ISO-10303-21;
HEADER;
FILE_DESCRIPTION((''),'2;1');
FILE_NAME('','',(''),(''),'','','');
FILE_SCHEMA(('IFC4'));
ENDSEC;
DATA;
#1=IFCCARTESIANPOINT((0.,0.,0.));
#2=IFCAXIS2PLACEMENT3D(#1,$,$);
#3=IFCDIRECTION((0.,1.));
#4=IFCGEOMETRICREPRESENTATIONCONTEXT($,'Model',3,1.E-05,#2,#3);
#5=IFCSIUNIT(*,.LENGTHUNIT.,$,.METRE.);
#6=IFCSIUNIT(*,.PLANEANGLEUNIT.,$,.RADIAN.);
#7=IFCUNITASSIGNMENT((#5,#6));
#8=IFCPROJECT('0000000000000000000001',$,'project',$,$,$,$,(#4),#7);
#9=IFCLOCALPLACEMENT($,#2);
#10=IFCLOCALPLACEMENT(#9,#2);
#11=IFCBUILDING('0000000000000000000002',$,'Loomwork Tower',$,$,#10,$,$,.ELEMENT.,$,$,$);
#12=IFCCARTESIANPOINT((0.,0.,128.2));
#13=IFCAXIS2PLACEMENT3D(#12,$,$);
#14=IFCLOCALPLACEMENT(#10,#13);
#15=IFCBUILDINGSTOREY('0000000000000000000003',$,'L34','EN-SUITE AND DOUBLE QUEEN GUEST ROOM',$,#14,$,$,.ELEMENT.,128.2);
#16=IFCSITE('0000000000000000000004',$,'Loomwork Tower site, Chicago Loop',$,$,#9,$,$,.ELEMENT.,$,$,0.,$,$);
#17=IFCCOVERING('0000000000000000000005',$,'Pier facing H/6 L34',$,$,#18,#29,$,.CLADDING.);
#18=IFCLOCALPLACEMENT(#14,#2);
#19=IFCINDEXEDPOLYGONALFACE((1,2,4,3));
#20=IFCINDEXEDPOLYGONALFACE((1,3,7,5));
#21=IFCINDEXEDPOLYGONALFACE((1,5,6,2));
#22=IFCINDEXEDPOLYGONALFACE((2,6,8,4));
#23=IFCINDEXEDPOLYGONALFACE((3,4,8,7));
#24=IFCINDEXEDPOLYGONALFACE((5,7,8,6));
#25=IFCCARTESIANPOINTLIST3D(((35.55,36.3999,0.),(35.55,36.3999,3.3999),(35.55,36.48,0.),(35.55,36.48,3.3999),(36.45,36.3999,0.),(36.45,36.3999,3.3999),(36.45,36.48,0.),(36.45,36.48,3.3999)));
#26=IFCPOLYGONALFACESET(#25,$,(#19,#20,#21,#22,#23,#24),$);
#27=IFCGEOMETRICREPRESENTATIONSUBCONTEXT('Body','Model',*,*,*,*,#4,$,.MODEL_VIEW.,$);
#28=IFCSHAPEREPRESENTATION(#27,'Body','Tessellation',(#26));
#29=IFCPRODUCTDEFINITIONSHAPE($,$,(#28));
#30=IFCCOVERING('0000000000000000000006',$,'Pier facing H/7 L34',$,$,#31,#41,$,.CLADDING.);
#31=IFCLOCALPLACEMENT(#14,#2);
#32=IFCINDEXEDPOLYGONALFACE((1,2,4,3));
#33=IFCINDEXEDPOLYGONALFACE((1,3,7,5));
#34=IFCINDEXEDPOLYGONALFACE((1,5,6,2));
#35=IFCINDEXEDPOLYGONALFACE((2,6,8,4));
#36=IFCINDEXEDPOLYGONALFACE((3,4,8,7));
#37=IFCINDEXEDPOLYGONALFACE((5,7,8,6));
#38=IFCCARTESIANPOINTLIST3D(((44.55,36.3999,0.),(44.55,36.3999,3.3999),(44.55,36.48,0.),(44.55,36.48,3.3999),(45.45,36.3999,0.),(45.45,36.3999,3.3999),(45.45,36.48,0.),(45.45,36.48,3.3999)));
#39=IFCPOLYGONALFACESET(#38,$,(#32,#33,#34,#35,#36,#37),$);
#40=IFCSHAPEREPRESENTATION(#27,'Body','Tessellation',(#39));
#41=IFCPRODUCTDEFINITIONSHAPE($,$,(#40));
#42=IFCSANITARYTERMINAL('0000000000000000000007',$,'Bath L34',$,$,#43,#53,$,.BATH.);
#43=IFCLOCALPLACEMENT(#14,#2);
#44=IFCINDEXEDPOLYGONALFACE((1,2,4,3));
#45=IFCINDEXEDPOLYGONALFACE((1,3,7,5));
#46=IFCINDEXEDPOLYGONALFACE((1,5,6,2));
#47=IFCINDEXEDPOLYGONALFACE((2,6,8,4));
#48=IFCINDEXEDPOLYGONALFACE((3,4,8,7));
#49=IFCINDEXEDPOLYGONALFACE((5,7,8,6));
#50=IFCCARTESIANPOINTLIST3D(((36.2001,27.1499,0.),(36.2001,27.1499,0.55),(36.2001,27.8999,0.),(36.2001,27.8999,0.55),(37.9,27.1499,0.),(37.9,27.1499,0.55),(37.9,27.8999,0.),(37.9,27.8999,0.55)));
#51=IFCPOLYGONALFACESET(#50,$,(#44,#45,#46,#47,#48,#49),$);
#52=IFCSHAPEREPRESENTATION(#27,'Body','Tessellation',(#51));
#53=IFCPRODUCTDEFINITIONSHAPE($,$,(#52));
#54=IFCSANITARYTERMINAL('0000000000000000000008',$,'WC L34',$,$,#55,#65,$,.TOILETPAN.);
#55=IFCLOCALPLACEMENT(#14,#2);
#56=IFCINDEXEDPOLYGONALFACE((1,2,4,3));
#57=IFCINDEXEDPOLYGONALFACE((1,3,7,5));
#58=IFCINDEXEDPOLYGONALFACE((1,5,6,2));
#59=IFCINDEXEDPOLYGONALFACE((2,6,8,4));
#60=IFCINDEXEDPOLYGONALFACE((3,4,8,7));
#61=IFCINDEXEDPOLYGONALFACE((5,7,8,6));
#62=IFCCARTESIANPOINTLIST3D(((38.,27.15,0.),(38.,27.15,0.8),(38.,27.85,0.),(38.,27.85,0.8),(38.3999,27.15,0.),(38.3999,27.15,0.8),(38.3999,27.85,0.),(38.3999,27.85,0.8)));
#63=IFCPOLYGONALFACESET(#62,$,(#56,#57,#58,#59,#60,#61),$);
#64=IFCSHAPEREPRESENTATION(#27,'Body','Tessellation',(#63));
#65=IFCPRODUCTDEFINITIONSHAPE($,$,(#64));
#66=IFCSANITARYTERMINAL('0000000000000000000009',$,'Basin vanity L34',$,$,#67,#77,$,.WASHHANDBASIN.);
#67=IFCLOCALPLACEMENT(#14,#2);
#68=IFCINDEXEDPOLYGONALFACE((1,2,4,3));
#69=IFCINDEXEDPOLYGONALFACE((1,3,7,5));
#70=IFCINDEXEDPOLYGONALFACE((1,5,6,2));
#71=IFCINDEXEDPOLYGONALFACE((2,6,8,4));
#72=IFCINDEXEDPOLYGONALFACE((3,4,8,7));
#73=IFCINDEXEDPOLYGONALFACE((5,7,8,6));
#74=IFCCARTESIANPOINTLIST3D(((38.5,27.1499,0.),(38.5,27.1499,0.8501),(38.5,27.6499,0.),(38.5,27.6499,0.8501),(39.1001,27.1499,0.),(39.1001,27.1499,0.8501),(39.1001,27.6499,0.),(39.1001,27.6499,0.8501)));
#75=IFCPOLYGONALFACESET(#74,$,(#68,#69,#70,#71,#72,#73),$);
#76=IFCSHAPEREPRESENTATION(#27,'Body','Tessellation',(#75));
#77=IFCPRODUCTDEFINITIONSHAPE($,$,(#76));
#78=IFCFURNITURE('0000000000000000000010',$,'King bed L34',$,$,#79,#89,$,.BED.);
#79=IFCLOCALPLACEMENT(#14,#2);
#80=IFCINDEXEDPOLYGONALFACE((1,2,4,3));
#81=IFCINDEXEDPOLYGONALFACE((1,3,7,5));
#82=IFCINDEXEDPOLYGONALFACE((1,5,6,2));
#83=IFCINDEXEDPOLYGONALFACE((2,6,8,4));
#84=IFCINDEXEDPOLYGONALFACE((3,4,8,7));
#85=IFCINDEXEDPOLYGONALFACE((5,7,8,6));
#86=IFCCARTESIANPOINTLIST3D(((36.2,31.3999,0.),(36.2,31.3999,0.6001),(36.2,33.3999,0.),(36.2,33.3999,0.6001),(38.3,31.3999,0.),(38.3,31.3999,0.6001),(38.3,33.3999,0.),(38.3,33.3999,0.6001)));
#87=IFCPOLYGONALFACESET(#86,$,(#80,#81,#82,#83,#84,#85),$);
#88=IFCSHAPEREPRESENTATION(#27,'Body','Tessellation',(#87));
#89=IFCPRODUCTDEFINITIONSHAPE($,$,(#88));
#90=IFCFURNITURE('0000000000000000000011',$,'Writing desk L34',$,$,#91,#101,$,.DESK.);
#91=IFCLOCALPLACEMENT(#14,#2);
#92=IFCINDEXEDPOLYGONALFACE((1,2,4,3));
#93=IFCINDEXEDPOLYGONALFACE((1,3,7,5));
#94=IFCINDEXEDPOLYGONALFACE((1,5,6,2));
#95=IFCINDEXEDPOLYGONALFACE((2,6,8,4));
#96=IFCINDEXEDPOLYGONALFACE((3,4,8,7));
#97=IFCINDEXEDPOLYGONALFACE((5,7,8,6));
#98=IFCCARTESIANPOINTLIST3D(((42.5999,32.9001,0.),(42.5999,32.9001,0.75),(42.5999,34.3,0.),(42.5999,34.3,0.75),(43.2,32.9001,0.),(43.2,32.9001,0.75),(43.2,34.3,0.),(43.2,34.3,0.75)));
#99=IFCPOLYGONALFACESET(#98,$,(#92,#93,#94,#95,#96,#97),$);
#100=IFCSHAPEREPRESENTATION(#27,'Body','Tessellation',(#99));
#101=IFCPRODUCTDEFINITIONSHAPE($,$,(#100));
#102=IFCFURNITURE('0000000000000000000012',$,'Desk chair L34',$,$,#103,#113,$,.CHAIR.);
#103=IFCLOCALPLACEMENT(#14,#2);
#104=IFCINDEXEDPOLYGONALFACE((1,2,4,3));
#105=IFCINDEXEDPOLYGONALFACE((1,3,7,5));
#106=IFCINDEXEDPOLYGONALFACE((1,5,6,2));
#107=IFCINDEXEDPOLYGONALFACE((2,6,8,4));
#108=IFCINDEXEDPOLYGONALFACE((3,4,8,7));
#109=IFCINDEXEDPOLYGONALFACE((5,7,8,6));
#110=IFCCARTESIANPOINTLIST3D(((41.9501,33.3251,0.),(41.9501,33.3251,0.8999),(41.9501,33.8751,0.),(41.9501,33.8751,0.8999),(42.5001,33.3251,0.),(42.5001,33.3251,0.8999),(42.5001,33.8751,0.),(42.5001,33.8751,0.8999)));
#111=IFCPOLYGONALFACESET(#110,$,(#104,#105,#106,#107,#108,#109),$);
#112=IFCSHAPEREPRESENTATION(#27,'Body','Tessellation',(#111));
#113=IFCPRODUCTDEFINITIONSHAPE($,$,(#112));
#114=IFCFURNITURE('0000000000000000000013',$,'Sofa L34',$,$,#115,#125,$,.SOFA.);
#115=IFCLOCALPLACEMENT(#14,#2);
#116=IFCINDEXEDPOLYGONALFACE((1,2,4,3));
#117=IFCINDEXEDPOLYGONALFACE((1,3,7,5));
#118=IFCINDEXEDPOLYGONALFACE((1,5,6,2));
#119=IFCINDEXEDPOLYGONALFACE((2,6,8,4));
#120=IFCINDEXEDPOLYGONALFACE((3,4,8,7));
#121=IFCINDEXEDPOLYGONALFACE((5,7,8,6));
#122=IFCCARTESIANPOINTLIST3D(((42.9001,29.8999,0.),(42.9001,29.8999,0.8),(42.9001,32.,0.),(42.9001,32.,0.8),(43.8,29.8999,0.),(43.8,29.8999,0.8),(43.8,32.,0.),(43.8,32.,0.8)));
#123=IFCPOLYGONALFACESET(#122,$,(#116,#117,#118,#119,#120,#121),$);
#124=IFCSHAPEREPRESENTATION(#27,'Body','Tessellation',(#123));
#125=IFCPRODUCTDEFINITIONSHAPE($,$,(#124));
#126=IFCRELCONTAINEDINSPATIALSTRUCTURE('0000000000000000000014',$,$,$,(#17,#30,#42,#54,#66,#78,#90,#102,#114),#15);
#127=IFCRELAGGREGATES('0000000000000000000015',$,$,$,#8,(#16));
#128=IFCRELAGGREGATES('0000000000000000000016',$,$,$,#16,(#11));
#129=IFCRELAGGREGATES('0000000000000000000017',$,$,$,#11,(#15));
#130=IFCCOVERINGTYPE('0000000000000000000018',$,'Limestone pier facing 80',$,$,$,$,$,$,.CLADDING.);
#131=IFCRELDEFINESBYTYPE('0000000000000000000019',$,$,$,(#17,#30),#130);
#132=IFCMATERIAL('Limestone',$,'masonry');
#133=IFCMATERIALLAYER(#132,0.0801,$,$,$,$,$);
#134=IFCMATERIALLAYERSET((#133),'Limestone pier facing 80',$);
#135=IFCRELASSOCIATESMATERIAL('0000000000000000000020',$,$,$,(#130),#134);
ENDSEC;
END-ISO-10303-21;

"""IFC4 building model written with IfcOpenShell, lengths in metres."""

from ifc_helpers import new_model, si_unit, direction, frame, origin, origin_2d, place, context, subcontext, project, spatial, rectangle, extrude, material, layer, layer_set, type_object, element, save


model = new_model("IFC4")

# Units and contexts
model_context = context("Model", 3, precision=1e-05, world=origin(), true_north=direction((0.0, 1.0)))
body_context = subcontext(model_context, "Body", "Model", "MODEL_VIEW")
ifc_project = project(units=[si_unit("LENGTHUNIT", "METRE"), si_unit("PLANEANGLEUNIT", "RADIAN")], contexts=[model_context])

# Site, building, storey
site_placement = place(None, origin())
site = spatial("IfcSite", under=ifc_project, at=site_placement, Name="Loomwork Tower site, Chicago Loop", CompositionType="ELEMENT", RefElevation=0.0)
building_placement = place(site_placement, origin())
building = spatial("IfcBuilding", under=site, at=building_placement, Name="Loomwork Tower", CompositionType="ELEMENT")
storey_placement = place(building_placement, frame((0.0, 0.0, 128.2)))
storey = spatial("IfcBuildingStorey", under=building, at=storey_placement, Name="L34", Description="EN-SUITE AND DOUBLE QUEEN GUEST ROOM", CompositionType="ELEMENT", Elevation=128.2)

# Coverings
ifc_material_1 = material(Name="Limestone", Category="masonry")
ifc_layer_1 = layer(ifc_material_1, 0.0801)
ifc_layer_set_1 = layer_set([ifc_layer_1], Name="Limestone pier facing 80")
covering_type = type_object("IfcCoveringType", Name="Limestone pier facing 80", PredefinedType="CLADDING", material=ifc_layer_set_1)
for number, where, z_axis, x_axis, name in (
    (1, (36.0, 36.4399, 0.0), (0.0, 0.0, 1.0), (1.0, 0.0, 0.0), "Pier facing H/6 L34"),
    (2, (45.0, 36.4399, 0.0), (0.0, 0.0, 1.0), (1.0, 0.0, 0.0), "Pier facing H/7 L34"),
):
    element("IfcCovering", number, at=place(storey_placement, frame(where, z_axis=z_axis, x_axis=x_axis)), inside=storey, type_object=covering_type, Name=name, PredefinedType="CLADDING", context=body_context, shape_type="SweptSolid", body=[
        extrude(rectangle(XDim=0.8999, YDim=0.0801, at=origin_2d()), origin(), (0.0, 0.0, 1.0), 3.3999),
    ])

# Sanitary terminals
sanitary_terminal_1_placement = place(storey_placement, frame((37.05, 27.5249, 0.0), z_axis=(0.0, 0.0, 1.0), x_axis=(1.0, 0.0, 0.0)))
element("IfcSanitaryTerminal", 3, at=sanitary_terminal_1_placement, inside=storey, Name="Bath L34", PredefinedType="BATH", context=body_context, shape_type="SweptSolid", body=[
    extrude(rectangle(XDim=1.7, YDim=0.75, at=origin_2d()), origin(), (0.0, 0.0, 1.0), 0.55),
])
sanitary_terminal_2_placement = place(storey_placement, frame((38.2, 27.5, 0.0), z_axis=(0.0, 0.0, 1.0), x_axis=(1.0, 0.0, 0.0)))
element("IfcSanitaryTerminal", 4, at=sanitary_terminal_2_placement, inside=storey, Name="WC L34", PredefinedType="TOILETPAN", context=body_context, shape_type="SweptSolid", body=[
    extrude(rectangle(XDim=0.3999, YDim=0.7, at=origin_2d()), origin(), (0.0, 0.0, 1.0), 0.8),
])
sanitary_terminal_3_placement = place(storey_placement, frame((38.8, 27.3999, 0.0), z_axis=(0.0, 0.0, 1.0), x_axis=(1.0, 0.0, 0.0)))
element("IfcSanitaryTerminal", 5, at=sanitary_terminal_3_placement, inside=storey, Name="Basin vanity L34", PredefinedType="WASHHANDBASIN", context=body_context, shape_type="SweptSolid", body=[
    extrude(rectangle(XDim=0.6001, YDim=0.5, at=origin_2d()), origin(), (0.0, 0.0, 1.0), 0.8501),
])

# Furniture
furniture_1_placement = place(storey_placement, frame((37.25, 32.3999, 0.0), z_axis=(0.0, 0.0, 1.0), x_axis=(1.0, 0.0, 0.0)))
element("IfcFurniture", 6, at=furniture_1_placement, inside=storey, Name="King bed L34", PredefinedType="BED", context=body_context, shape_type="SweptSolid", body=[
    extrude(rectangle(XDim=2.1001, YDim=2.0, at=origin_2d()), origin(), (0.0, 0.0, 1.0), 0.6001),
])
furniture_2_placement = place(storey_placement, frame((42.8999, 33.6001, 0.0), z_axis=(0.0, 0.0, 1.0), x_axis=(1.0, 0.0, 0.0)))
element("IfcFurniture", 7, at=furniture_2_placement, inside=storey, Name="Writing desk L34", PredefinedType="DESK", context=body_context, shape_type="SweptSolid", body=[
    extrude(rectangle(XDim=0.6001, YDim=1.3999, at=origin_2d()), origin(), (0.0, 0.0, 1.0), 0.75),
])
furniture_3_placement = place(storey_placement, frame((42.2251, 33.6001, 0.0), z_axis=(0.0, 0.0, 1.0), x_axis=(1.0, 0.0, 0.0)))
element("IfcFurniture", 8, at=furniture_3_placement, inside=storey, Name="Desk chair L34", PredefinedType="CHAIR", context=body_context, shape_type="SweptSolid", body=[
    extrude(rectangle(XDim=0.55, YDim=0.55, at=origin_2d()), origin(), (0.0, 0.0, 1.0), 0.8999),
])
furniture_4_placement = place(storey_placement, frame((43.3501, 30.95, 0.0), z_axis=(0.0, 0.0, 1.0), x_axis=(1.0, 0.0, 0.0)))
element("IfcFurniture", 9, at=furniture_4_placement, inside=storey, Name="Sofa L34", PredefinedType="SOFA", context=body_context, shape_type="SweptSolid", body=[
    extrude(rectangle(XDim=0.8999, YDim=2.1001, at=origin_2d()), origin(), (0.0, 0.0, 1.0), 0.8),
])

save(model, "model.ifc")
